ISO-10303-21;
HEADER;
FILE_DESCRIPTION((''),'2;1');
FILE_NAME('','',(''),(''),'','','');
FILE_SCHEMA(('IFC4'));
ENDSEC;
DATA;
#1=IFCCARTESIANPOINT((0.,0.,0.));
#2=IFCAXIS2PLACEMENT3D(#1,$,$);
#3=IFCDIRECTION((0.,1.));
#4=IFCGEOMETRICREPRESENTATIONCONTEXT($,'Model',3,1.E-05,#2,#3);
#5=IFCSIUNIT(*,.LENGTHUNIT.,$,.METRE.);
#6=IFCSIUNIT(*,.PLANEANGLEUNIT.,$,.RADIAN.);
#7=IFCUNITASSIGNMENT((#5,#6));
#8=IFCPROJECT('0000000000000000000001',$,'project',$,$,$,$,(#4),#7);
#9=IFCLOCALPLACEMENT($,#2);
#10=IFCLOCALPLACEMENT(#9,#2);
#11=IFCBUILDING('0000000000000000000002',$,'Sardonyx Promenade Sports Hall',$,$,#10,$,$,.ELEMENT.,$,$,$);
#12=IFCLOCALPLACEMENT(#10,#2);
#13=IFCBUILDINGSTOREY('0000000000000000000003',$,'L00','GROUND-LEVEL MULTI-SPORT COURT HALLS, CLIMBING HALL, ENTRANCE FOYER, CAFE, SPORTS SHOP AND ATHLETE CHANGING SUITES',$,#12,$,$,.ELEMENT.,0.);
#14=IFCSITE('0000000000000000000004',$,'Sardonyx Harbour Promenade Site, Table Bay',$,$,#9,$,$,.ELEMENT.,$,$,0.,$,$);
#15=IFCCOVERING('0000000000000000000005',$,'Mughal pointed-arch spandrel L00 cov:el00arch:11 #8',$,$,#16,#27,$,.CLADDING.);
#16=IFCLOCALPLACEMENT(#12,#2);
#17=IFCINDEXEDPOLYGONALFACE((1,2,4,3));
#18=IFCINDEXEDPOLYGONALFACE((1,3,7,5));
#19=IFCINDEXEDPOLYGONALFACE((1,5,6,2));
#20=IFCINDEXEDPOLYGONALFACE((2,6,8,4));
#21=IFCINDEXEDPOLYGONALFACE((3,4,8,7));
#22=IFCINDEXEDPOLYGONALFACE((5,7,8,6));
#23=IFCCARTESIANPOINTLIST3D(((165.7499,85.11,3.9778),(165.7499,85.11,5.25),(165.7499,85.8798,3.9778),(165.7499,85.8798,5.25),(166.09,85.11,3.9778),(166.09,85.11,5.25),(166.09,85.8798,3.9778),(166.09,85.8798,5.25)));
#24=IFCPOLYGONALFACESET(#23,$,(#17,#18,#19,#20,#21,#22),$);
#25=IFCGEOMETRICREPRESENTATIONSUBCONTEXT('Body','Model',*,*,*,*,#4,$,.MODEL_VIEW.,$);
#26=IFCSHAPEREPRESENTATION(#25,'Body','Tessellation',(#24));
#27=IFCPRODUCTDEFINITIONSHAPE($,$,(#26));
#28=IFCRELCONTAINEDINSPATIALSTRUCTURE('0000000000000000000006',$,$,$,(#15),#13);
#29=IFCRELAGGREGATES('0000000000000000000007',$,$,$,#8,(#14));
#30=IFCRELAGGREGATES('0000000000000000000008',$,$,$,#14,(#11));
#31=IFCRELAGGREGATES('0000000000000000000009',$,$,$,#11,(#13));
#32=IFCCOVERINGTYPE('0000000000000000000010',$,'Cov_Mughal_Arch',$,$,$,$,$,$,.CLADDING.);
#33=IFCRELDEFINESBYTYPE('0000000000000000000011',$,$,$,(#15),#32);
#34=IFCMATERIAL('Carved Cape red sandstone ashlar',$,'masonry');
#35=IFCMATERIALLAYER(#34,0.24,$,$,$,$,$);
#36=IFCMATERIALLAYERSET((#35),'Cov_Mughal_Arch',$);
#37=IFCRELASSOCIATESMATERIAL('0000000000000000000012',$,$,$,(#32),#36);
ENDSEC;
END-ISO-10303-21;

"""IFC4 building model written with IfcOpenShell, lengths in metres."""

from ifc_helpers import new_model, si_unit, direction, frame, frame_2d, origin, place, context, subcontext, project, spatial, rectangle, extrude, material, layer, layer_set, type_object, element, save


model = new_model("IFC4")

# Units and contexts
model_context = context("Model", 3, precision=1e-05, world=origin(), true_north=direction((0.0, 1.0)))
body_context = subcontext(model_context, "Body", "Model", "MODEL_VIEW")
ifc_project = project(units=[si_unit("LENGTHUNIT", "METRE"), si_unit("PLANEANGLEUNIT", "RADIAN")], contexts=[model_context])

# Site, building, storey
site_placement = place(None, origin())
site = spatial("IfcSite", under=ifc_project, at=site_placement, Name="Sardonyx Harbour Promenade Site, Table Bay", CompositionType="ELEMENT", RefElevation=0.0)
building_placement = place(site_placement, origin())
building = spatial("IfcBuilding", under=site, at=building_placement, Name="Sardonyx Promenade Sports Hall", CompositionType="ELEMENT")
storey_placement = place(building_placement, origin())
storey = spatial("IfcBuildingStorey", under=building, at=storey_placement, Name="L00", Description="GROUND-LEVEL MULTI-SPORT COURT HALLS, CLIMBING HALL, ENTRANCE FOYER, CAFE, SPORTS SHOP AND ATHLETE CHANGING SUITES", CompositionType="ELEMENT", Elevation=0.0)

# Covering
ifc_material_1 = material(Name="Carved Cape red sandstone ashlar", Category="masonry")
ifc_layer_1 = layer(ifc_material_1, 0.24)
ifc_layer_set_1 = layer_set([ifc_layer_1], Name="Cov_Mughal_Arch")
covering_type_1 = type_object("IfcCoveringType", Name="Cov_Mughal_Arch", PredefinedType="CLADDING", material=ifc_layer_set_1)
covering_1_placement = place(storey_placement, frame((165.9199, 85.1101, 3.9778), z_axis=(0.0, 0.0, 1.0), x_axis=(0.0, 1.0, 0.0)))
element("IfcCovering", 1, at=covering_1_placement, inside=storey, type_object=covering_type_1, Name="Mughal pointed-arch spandrel L00 cov:el00arch:11 #8", PredefinedType="CLADDING", context=body_context, shape_type="SweptSolid", body=[
    extrude(rectangle(XDim=0.7698, YDim=0.3401, at=frame_2d((0.3848, 0.0))), origin(), (0.0, 0.0, 1.0), 1.2722),
])

save(model, "model.ifc")
